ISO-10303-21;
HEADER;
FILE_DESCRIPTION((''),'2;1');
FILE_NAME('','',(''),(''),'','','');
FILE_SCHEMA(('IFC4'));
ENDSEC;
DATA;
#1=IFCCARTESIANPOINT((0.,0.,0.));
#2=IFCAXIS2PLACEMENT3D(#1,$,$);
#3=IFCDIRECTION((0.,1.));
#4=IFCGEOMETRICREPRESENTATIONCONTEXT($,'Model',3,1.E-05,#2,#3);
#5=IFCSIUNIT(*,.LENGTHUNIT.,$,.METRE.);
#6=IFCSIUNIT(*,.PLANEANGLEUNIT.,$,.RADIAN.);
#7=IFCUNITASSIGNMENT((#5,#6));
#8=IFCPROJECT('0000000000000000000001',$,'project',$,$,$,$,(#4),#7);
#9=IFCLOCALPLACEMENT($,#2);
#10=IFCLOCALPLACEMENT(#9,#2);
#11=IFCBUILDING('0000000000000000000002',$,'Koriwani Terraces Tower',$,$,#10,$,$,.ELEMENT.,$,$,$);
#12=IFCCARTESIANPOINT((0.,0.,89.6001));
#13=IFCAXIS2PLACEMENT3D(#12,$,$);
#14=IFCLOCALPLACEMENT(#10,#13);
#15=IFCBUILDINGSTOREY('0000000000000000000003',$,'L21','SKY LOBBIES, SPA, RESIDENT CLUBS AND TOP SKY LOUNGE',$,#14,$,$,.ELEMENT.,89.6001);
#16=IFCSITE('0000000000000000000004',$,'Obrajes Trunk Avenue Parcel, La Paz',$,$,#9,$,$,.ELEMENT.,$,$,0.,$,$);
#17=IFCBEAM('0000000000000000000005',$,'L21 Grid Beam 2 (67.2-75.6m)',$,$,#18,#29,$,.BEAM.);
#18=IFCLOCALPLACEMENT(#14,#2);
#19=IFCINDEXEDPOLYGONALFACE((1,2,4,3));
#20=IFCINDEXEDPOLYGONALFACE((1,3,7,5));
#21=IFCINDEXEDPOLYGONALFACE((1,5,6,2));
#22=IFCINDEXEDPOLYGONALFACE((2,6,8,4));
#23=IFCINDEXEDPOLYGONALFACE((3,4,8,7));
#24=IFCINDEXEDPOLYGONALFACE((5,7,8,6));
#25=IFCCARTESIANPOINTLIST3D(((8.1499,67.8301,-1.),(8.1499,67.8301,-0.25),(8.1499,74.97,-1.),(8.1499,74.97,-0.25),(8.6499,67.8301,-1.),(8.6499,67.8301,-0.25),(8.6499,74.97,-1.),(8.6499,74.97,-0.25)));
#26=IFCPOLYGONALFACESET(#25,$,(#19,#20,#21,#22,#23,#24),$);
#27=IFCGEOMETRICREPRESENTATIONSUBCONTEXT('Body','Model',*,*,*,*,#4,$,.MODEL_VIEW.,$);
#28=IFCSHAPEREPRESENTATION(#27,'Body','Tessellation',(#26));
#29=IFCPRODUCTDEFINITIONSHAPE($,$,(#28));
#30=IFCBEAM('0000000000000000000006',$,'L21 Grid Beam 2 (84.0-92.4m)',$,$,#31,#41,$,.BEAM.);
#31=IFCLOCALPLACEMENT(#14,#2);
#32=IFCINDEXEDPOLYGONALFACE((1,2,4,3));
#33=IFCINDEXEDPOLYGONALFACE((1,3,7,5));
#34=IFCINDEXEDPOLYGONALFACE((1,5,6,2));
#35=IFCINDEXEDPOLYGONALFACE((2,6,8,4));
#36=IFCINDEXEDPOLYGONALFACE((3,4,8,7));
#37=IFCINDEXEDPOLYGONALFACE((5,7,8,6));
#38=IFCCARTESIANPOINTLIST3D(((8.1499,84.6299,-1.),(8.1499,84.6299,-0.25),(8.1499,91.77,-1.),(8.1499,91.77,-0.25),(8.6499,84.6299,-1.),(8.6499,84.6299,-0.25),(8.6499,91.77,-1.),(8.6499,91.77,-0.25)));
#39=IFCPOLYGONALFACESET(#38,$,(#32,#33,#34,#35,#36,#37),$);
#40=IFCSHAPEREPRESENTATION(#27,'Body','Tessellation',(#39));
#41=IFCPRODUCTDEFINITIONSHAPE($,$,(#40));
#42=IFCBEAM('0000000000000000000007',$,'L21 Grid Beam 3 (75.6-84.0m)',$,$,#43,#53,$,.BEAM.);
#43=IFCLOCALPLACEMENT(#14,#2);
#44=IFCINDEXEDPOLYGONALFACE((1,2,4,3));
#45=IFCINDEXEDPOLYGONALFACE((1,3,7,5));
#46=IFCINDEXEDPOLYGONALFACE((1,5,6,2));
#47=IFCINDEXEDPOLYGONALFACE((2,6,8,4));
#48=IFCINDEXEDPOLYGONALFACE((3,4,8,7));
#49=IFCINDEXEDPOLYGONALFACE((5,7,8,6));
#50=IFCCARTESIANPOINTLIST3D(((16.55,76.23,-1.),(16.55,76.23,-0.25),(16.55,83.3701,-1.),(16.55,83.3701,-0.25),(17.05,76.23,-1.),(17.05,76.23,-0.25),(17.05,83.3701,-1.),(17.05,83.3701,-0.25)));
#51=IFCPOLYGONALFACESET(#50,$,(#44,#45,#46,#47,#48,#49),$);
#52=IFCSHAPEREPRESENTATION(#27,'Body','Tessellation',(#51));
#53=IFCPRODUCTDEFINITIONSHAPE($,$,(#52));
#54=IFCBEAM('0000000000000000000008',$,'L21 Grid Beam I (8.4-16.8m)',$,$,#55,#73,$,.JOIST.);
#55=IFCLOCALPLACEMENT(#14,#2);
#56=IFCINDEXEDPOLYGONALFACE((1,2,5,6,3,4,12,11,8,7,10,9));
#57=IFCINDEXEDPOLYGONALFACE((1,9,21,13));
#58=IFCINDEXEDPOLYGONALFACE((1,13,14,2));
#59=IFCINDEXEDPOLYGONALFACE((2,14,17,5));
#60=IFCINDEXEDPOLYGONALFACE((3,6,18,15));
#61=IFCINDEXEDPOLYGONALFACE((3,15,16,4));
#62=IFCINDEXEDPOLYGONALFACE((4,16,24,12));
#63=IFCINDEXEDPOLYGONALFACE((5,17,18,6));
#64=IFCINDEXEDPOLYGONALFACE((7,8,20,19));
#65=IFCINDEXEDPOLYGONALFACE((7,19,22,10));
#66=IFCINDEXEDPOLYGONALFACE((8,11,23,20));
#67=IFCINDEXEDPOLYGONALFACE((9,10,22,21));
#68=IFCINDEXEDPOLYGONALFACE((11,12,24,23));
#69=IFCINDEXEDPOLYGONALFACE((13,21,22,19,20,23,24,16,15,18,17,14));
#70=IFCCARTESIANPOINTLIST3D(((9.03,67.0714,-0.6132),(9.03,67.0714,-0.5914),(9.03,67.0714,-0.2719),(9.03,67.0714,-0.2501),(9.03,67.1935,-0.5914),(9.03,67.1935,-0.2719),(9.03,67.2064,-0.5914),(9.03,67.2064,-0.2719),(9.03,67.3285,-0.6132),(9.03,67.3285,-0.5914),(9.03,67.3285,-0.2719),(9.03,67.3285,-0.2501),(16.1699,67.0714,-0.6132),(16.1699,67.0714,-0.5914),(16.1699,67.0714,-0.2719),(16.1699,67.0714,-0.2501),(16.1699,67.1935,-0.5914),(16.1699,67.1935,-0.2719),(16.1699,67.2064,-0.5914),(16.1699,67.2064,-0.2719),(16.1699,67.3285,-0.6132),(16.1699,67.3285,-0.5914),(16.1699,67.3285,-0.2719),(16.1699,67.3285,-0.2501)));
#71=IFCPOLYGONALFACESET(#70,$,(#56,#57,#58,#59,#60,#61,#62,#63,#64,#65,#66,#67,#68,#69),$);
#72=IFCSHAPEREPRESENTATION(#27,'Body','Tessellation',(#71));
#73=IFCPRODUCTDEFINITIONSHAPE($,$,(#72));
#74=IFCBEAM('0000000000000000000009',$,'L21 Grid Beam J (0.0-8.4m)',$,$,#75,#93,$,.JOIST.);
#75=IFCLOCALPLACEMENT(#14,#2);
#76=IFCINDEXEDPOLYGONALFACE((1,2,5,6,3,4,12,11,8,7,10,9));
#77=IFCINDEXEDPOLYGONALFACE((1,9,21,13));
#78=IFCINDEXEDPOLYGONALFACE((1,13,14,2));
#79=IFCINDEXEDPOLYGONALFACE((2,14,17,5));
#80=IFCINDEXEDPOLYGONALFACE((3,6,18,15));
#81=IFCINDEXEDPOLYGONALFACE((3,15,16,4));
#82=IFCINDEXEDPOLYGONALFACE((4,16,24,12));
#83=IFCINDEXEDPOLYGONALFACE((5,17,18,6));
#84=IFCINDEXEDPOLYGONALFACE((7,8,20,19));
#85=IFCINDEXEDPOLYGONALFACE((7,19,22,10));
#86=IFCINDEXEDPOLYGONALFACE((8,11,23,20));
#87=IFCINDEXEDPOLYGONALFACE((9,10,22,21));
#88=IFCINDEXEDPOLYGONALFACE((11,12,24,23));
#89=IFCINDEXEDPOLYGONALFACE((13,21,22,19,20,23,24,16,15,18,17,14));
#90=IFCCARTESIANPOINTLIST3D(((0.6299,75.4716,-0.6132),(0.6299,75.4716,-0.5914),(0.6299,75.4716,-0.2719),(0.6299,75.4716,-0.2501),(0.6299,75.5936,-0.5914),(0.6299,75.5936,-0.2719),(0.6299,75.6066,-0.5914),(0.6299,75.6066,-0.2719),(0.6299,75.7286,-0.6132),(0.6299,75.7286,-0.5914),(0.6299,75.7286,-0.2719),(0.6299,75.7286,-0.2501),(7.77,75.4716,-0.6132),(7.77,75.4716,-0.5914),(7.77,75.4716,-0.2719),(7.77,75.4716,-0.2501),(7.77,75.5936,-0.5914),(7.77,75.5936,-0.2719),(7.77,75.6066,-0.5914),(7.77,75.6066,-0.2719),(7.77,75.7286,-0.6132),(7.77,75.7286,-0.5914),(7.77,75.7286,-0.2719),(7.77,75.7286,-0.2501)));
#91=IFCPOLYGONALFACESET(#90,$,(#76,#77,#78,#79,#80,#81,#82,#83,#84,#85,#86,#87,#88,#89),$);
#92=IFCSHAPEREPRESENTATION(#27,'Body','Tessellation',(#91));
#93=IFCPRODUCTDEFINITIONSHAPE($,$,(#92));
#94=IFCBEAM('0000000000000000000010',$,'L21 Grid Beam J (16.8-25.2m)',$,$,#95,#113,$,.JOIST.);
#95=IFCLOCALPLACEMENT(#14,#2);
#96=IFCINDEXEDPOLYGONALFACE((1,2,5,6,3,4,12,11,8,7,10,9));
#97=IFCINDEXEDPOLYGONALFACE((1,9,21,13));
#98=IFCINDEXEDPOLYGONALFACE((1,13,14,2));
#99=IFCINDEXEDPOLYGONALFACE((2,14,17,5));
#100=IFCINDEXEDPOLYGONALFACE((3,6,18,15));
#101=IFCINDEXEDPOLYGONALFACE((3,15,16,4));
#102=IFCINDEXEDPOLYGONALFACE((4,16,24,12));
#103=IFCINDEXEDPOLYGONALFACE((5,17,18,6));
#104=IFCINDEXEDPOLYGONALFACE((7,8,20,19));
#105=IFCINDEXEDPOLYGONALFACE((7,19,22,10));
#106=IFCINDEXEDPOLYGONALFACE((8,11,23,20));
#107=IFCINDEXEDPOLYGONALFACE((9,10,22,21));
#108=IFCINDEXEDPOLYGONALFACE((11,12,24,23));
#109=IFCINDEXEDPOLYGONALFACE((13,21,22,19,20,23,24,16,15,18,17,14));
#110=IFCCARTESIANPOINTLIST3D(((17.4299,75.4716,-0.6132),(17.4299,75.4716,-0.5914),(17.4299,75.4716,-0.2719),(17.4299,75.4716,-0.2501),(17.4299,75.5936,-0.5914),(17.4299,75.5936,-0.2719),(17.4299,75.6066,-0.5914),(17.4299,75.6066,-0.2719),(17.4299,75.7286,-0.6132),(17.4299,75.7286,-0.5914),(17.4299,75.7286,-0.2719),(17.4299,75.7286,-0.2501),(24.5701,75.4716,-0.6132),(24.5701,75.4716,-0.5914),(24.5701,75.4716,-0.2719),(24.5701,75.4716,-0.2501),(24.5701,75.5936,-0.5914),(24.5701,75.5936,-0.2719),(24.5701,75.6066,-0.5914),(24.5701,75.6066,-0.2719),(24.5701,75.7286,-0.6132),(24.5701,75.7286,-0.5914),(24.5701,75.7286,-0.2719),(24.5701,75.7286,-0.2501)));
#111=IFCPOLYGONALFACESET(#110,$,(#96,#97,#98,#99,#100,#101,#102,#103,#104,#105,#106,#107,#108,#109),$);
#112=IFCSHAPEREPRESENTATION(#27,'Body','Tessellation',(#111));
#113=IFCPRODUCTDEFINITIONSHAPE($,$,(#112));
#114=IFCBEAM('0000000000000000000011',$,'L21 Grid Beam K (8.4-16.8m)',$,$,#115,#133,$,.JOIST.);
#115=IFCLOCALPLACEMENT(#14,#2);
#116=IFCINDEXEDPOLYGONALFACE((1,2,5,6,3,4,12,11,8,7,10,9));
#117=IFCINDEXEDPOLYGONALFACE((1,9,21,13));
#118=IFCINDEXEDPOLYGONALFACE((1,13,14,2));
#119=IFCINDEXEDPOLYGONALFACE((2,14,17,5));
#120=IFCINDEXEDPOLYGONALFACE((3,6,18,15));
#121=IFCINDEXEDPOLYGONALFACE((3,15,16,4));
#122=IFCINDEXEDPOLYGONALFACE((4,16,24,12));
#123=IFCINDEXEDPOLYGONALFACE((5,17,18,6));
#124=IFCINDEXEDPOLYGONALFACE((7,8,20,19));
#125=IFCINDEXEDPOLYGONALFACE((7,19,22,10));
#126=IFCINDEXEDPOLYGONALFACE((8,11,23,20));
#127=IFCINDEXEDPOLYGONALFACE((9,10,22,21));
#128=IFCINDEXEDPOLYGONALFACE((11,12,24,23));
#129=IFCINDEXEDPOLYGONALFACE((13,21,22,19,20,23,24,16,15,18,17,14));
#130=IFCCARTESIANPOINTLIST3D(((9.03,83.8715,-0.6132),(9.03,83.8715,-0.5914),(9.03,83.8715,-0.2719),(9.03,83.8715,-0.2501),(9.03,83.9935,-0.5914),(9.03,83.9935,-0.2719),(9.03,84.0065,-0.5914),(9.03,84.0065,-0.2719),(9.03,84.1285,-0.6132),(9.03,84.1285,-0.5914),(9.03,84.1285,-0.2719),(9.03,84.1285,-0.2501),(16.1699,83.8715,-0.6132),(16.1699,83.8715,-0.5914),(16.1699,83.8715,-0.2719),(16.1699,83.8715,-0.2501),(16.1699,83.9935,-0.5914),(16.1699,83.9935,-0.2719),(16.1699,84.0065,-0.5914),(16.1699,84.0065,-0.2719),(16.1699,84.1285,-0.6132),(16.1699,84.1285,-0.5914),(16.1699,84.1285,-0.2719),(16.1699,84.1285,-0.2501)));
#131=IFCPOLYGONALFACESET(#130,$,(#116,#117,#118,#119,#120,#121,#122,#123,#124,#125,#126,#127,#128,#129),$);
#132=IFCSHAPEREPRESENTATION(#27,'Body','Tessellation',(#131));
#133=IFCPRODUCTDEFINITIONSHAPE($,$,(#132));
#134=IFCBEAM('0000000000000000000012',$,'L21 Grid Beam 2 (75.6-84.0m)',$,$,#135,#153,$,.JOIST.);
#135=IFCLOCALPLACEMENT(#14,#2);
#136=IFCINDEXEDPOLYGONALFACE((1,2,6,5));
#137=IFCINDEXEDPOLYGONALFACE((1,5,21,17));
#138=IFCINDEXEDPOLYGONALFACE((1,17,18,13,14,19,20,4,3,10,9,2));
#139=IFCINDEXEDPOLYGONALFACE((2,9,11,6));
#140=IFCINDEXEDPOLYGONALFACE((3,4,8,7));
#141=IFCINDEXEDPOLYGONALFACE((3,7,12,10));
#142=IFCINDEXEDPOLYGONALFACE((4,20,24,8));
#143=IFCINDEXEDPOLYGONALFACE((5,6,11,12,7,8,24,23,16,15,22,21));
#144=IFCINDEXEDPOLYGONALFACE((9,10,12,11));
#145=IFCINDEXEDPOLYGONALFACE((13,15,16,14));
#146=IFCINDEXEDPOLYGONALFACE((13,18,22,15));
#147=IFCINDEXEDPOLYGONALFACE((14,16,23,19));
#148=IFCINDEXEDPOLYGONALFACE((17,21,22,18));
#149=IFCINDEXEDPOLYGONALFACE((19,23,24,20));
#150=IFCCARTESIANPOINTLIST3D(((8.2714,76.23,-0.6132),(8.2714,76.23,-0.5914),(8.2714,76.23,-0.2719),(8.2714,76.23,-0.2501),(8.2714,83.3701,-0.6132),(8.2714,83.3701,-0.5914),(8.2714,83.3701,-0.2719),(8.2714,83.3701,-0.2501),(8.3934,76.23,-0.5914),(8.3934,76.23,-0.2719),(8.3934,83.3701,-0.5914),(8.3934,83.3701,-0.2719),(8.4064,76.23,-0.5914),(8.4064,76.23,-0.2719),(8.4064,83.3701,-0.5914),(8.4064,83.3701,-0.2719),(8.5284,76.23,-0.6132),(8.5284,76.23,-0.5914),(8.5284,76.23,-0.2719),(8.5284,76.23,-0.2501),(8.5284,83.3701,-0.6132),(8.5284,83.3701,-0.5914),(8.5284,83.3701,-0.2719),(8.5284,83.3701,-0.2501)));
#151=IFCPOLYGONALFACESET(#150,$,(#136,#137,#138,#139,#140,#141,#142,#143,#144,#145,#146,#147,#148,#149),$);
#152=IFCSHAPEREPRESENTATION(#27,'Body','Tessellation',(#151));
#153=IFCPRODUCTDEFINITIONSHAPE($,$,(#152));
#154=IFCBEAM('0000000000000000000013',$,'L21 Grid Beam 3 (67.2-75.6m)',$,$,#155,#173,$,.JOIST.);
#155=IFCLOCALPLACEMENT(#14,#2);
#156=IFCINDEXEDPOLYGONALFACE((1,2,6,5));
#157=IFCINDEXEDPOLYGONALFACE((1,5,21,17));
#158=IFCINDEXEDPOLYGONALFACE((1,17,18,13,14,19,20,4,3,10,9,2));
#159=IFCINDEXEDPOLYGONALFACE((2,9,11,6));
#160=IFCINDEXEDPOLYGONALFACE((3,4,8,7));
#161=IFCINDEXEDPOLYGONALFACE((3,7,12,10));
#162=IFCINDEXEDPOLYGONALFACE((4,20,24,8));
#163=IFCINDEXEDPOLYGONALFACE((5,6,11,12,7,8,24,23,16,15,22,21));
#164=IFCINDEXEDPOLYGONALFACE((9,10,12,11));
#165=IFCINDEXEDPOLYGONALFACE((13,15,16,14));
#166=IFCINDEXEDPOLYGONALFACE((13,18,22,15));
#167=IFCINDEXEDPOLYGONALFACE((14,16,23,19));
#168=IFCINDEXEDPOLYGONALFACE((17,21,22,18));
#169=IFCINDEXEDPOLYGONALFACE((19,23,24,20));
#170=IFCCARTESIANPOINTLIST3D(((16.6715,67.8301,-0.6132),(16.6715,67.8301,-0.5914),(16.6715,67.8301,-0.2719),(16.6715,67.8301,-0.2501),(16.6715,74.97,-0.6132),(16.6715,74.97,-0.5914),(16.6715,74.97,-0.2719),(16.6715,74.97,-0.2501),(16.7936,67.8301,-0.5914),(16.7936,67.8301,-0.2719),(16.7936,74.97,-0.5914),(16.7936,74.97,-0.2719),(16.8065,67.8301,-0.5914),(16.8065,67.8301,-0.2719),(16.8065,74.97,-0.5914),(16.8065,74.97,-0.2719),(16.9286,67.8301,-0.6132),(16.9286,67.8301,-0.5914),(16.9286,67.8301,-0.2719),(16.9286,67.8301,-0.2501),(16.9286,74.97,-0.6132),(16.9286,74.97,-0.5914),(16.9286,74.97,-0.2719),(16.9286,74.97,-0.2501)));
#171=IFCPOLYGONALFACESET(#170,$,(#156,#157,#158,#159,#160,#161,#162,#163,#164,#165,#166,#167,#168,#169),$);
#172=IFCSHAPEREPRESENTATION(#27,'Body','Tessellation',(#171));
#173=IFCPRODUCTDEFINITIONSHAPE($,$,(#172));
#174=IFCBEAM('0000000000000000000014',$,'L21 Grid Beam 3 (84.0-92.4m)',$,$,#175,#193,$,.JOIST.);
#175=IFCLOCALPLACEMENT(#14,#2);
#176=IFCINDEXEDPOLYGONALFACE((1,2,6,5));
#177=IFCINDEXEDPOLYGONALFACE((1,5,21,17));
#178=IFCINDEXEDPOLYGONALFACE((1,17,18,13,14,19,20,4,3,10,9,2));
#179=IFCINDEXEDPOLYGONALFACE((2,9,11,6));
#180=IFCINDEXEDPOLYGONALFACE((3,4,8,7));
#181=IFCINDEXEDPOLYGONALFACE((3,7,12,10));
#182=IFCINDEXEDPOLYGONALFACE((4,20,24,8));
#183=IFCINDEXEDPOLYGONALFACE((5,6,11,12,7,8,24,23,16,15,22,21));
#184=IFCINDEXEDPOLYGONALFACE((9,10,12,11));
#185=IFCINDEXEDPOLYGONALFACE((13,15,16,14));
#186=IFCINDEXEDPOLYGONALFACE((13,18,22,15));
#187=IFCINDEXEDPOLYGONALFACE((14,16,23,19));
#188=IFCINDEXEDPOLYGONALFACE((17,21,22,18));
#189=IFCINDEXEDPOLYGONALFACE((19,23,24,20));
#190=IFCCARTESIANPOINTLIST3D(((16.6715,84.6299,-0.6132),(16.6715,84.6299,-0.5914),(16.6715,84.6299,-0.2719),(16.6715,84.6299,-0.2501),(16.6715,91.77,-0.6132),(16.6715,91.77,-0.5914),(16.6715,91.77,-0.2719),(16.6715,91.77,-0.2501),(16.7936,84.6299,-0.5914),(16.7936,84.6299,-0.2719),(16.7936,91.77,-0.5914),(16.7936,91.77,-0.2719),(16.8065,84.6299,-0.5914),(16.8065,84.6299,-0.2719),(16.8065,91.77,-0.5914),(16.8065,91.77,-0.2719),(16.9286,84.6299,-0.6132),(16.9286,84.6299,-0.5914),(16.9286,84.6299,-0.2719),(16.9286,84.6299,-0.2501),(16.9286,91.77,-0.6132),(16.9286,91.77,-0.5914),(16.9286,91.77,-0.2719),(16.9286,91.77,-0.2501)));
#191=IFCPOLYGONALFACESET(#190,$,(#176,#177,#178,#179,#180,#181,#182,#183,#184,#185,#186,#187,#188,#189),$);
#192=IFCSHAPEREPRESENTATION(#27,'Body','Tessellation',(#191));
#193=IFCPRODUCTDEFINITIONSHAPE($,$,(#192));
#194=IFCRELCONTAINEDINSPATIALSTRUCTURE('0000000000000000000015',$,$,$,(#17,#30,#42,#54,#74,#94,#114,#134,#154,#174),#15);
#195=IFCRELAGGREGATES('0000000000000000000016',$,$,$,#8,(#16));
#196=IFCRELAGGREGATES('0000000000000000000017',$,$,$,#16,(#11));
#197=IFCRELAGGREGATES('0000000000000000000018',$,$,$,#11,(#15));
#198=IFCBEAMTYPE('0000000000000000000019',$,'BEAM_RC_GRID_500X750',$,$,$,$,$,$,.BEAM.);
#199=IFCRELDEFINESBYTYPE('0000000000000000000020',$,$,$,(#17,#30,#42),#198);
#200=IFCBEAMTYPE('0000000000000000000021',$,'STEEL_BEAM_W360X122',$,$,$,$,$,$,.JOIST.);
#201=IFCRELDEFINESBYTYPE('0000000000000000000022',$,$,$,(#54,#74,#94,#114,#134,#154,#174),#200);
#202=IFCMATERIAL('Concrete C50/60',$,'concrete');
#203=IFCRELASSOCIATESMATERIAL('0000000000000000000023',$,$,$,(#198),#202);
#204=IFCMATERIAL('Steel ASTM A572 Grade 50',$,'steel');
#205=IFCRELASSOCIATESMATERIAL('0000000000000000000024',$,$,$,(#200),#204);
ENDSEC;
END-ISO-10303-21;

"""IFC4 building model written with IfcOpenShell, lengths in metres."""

from ifc_helpers import new_model, si_unit, direction, frame, origin, origin_2d, place, context, subcontext, project, spatial, rectangle, i_section, extrude, material, material_profile, profile_set, type_object, element, save


model = new_model("IFC4")

# Units and contexts
model_context = context("Model", 3, precision=1e-05, world=origin(), true_north=direction((0.0, 1.0)))
body_context = subcontext(model_context, "Body", "Model", "MODEL_VIEW")
ifc_project = project(units=[si_unit("LENGTHUNIT", "METRE"), si_unit("PLANEANGLEUNIT", "RADIAN")], contexts=[model_context])

# Site, building, storey
site_placement = place(None, origin())
site = spatial("IfcSite", under=ifc_project, at=site_placement, Name="Obrajes Trunk Avenue Parcel, La Paz", CompositionType="ELEMENT", RefElevation=0.0)
building_placement = place(site_placement, origin())
building = spatial("IfcBuilding", under=site, at=building_placement, Name="Koriwani Terraces Tower", CompositionType="ELEMENT")
storey_placement = place(building_placement, frame((0.0, 0.0, 89.6001)))
storey = spatial("IfcBuildingStorey", under=building, at=storey_placement, Name="L21", Description="SKY LOBBIES, SPA, RESIDENT CLUBS AND TOP SKY LOUNGE", CompositionType="ELEMENT", Elevation=89.6001)

# Beams
ifc_material_1 = material(Name="Concrete C50/60", Category="concrete")
ifc_material_profile_1 = material_profile(ifc_material_1, rectangle(XDim=0.5, YDim=0.75, at=origin_2d()), Name="Concrete C50/60", Category="LoadBearing")
ifc_profile_set_1 = profile_set([ifc_material_profile_1], Name="Concrete C50/60")
beam_type_1 = type_object("IfcBeamType", Name="BEAM_RC_GRID_500X750", PredefinedType="BEAM", material=ifc_profile_set_1)
beam_1_placement = place(storey_placement, frame((8.3999, 67.8301, -0.625), z_axis=(0.0, 1.0, 0.0), x_axis=(-1.0, 0.0, 0.0)))
element("IfcBeam", 1, at=beam_1_placement, inside=storey, type_object=beam_type_1, Name="L21 Grid Beam 2 (67.2-75.6m)", PredefinedType="BEAM", context=body_context, shape_type="SweptSolid", body=[
    extrude(rectangle(XDim=0.5, YDim=0.75, at=origin_2d()), origin(), (0.0, 0.0, 1.0), 7.1399),
])
for number, where, z_axis, x_axis, name in (
    (2, (8.3999, 84.6299, -0.625), (0.0, 1.0, 0.0), (-1.0, 0.0, 0.0), "L21 Grid Beam 2 (84.0-92.4m)"),
    (3, (16.8, 76.23, -0.625), (0.0, 1.0, 0.0), (-1.0, 0.0, 0.0), "L21 Grid Beam 3 (75.6-84.0m)"),
):
    element("IfcBeam", number, at=place(storey_placement, frame(where, z_axis=z_axis, x_axis=x_axis)), inside=storey, type_object=beam_type_1, Name=name, PredefinedType="BEAM", context=body_context, shape_type="SweptSolid", body=[
        extrude(rectangle(XDim=0.5, YDim=0.75, at=origin_2d()), origin(), (0.0, 0.0, 1.0), 7.1401),
    ])
ifc_material_2 = material(Name="Steel ASTM A572 Grade 50", Category="steel")
ifc_material_profile_2 = material_profile(ifc_material_2, i_section(OverallWidth=0.2571, OverallDepth=0.363, WebThickness=0.0129, FlangeThickness=0.0217, at=origin_2d()), Name="Steel ASTM A572 Grade 50", Category="LoadBearing")
ifc_profile_set_2 = profile_set([ifc_material_profile_2], Name="Steel ASTM A572 Grade 50")
beam_type_2 = type_object("IfcBeamType", Name="STEEL_BEAM_W360X122", PredefinedType="JOIST", material=ifc_profile_set_2)
beam_2_placement = place(storey_placement, frame((9.03, 67.2, -0.4316), z_axis=(1.0, 0.0, 0.0), x_axis=(0.0, 1.0, 0.0)))
element("IfcBeam", 4, at=beam_2_placement, inside=storey, type_object=beam_type_2, Name="L21 Grid Beam I (8.4-16.8m)", PredefinedType="JOIST", context=body_context, shape_type="SweptSolid", body=[
    extrude(i_section(OverallWidth=0.2571, OverallDepth=0.363, WebThickness=0.0129, FlangeThickness=0.0217, at=origin_2d()), origin(), (0.0, 0.0, 1.0), 7.1399),
])
for number, where, z_axis, x_axis, name in (
    (5, (0.6299, 75.6001, -0.4316), (1.0, 0.0, 0.0), (0.0, 1.0, 0.0), "L21 Grid Beam J (0.0-8.4m)"),
    (6, (17.4299, 75.6001, -0.4316), (1.0, 0.0, 0.0), (0.0, 1.0, 0.0), "L21 Grid Beam J (16.8-25.2m)"),
):
    element("IfcBeam", number, at=place(storey_placement, frame(where, z_axis=z_axis, x_axis=x_axis)), inside=storey, type_object=beam_type_2, Name=name, PredefinedType="JOIST", context=body_context, shape_type="SweptSolid", body=[
        extrude(i_section(OverallWidth=0.2571, OverallDepth=0.363, WebThickness=0.0129, FlangeThickness=0.0217, at=origin_2d()), origin(), (0.0, 0.0, 1.0), 7.1401),
    ])
beam_3_placement = place(storey_placement, frame((9.03, 84.0, -0.4316), z_axis=(1.0, 0.0, 0.0), x_axis=(0.0, 1.0, 0.0)))
element("IfcBeam", 7, at=beam_3_placement, inside=storey, type_object=beam_type_2, Name="L21 Grid Beam K (8.4-16.8m)", PredefinedType="JOIST", context=body_context, shape_type="SweptSolid", body=[
    extrude(i_section(OverallWidth=0.2571, OverallDepth=0.363, WebThickness=0.0129, FlangeThickness=0.0217, at=origin_2d()), origin(), (0.0, 0.0, 1.0), 7.1399),
])
beam_4_placement = place(storey_placement, frame((8.3999, 76.23, -0.4316), z_axis=(0.0, 1.0, 0.0), x_axis=(-1.0, 0.0, 0.0)))
element("IfcBeam", 8, at=beam_4_placement, inside=storey, type_object=beam_type_2, Name="L21 Grid Beam 2 (75.6-84.0m)", PredefinedType="JOIST", context=body_context, shape_type="SweptSolid", body=[
    extrude(i_section(OverallWidth=0.2571, OverallDepth=0.363, WebThickness=0.0129, FlangeThickness=0.0217, at=origin_2d()), origin(), (0.0, 0.0, 1.0), 7.1401),
])
beam_5_placement = place(storey_placement, frame((16.8, 67.8301, -0.4316), z_axis=(0.0, 1.0, 0.0), x_axis=(-1.0, 0.0, 0.0)))
element("IfcBeam", 9, at=beam_5_placement, inside=storey, type_object=beam_type_2, Name="L21 Grid Beam 3 (67.2-75.6m)", PredefinedType="JOIST", context=body_context, shape_type="SweptSolid", body=[
    extrude(i_section(OverallWidth=0.2571, OverallDepth=0.363, WebThickness=0.0129, FlangeThickness=0.0217, at=origin_2d()), origin(), (0.0, 0.0, 1.0), 7.1399),
])
beam_6_placement = place(storey_placement, frame((16.8, 84.6299, -0.4316), z_axis=(0.0, 1.0, 0.0), x_axis=(-1.0, 0.0, 0.0)))
element("IfcBeam", 10, at=beam_6_placement, inside=storey, type_object=beam_type_2, Name="L21 Grid Beam 3 (84.0-92.4m)", PredefinedType="JOIST", context=body_context, shape_type="SweptSolid", body=[
    extrude(i_section(OverallWidth=0.2571, OverallDepth=0.363, WebThickness=0.0129, FlangeThickness=0.0217, at=origin_2d()), origin(), (0.0, 0.0, 1.0), 7.1401),
])

save(model, "model.ifc")
